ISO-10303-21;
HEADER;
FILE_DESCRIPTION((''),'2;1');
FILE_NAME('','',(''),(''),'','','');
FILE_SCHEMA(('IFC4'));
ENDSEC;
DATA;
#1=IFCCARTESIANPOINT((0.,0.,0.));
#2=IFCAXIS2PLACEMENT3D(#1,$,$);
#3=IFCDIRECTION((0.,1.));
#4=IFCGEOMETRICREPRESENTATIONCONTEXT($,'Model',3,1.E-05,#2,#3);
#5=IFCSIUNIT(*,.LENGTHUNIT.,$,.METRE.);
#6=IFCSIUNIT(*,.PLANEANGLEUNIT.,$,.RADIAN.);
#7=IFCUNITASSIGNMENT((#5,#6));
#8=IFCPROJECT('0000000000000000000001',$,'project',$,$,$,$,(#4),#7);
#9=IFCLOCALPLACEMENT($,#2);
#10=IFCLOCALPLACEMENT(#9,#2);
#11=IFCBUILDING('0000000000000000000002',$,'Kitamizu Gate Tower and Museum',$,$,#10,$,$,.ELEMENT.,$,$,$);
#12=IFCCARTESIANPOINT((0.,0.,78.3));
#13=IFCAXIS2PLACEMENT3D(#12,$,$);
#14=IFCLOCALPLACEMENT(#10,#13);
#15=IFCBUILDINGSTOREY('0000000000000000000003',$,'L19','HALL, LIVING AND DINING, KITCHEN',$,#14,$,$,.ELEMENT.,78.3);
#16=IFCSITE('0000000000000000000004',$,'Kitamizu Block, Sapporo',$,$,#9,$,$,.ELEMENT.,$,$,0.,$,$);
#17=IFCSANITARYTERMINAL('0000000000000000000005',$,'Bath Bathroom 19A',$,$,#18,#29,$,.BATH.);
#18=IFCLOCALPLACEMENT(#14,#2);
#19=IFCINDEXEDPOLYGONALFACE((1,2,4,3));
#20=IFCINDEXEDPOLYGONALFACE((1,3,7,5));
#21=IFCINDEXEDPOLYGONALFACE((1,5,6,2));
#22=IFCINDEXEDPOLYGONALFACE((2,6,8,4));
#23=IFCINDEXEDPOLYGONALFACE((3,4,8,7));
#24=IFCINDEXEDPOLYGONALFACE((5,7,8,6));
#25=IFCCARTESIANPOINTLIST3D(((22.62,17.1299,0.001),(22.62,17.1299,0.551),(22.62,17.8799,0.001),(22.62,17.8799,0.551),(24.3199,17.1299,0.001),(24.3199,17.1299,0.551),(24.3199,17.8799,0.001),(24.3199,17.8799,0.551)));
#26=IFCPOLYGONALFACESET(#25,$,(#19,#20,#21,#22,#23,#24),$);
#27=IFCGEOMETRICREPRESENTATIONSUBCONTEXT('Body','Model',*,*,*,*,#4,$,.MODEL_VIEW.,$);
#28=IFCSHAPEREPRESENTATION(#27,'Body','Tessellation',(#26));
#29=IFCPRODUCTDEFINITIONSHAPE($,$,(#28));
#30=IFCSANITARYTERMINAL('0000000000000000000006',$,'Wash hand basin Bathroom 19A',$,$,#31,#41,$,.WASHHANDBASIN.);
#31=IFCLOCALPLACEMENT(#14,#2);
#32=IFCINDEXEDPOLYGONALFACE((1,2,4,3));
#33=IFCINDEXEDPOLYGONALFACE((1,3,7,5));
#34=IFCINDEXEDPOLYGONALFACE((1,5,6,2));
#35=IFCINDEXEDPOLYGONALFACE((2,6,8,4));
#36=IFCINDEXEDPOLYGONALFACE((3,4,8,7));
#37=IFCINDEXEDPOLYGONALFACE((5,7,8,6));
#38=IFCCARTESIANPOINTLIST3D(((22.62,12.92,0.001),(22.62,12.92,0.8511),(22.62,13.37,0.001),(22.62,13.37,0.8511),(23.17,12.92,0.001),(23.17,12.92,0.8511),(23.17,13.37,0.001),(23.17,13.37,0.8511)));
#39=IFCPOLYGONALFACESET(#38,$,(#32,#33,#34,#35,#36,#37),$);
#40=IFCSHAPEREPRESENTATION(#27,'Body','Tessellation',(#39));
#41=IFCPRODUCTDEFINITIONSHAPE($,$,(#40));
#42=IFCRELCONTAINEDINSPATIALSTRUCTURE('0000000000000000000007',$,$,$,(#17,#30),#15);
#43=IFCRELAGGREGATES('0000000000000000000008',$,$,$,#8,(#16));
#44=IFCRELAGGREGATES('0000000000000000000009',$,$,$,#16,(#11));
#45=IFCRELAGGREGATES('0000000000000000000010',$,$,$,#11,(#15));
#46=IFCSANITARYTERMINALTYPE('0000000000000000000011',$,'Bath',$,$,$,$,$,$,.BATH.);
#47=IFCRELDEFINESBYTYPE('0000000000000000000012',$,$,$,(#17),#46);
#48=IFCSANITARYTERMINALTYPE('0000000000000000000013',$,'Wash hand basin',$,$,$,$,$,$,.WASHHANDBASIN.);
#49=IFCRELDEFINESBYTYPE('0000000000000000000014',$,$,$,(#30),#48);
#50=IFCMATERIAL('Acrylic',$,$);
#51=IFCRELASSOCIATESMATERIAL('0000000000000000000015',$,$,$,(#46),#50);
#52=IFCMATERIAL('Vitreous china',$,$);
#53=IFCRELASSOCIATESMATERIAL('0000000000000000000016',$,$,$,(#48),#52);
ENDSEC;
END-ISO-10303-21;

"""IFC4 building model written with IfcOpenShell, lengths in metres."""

from ifc_helpers import new_model, si_unit, direction, frame, origin, origin_2d, place, context, subcontext, project, spatial, rectangle, extrude, material, type_object, element, save


model = new_model("IFC4")

# Units and contexts
model_context = context("Model", 3, precision=1e-05, world=origin(), true_north=direction((0.0, 1.0)))
body_context = subcontext(model_context, "Body", "Model", "MODEL_VIEW")
ifc_project = project(units=[si_unit("LENGTHUNIT", "METRE"), si_unit("PLANEANGLEUNIT", "RADIAN")], contexts=[model_context])

# Site, building, storey
site_placement = place(None, origin())
site = spatial("IfcSite", under=ifc_project, at=site_placement, Name="Kitamizu Block, Sapporo", CompositionType="ELEMENT", RefElevation=0.0)
building_placement = place(site_placement, origin())
building = spatial("IfcBuilding", under=site, at=building_placement, Name="Kitamizu Gate Tower and Museum", CompositionType="ELEMENT")
storey_placement = place(building_placement, frame((0.0, 0.0, 78.3)))
storey = spatial("IfcBuildingStorey", under=building, at=storey_placement, Name="L19", Description="HALL, LIVING AND DINING, KITCHEN", CompositionType="ELEMENT", Elevation=78.3)

# Sanitary terminals
ifc_material_1 = material(Name="Acrylic")
sanitary_terminal_type_1 = type_object("IfcSanitaryTerminalType", Name="Bath", PredefinedType="BATH", material=ifc_material_1)
sanitary_terminal_1_placement = place(storey_placement, frame((23.47, 17.5049, 0.001), z_axis=(0.0, 0.0, 1.0), x_axis=(1.0, 0.0, 0.0)))
element("IfcSanitaryTerminal", 1, at=sanitary_terminal_1_placement, inside=storey, type_object=sanitary_terminal_type_1, Name="Bath Bathroom 19A", PredefinedType="BATH", context=body_context, shape_type="SweptSolid", body=[
    extrude(rectangle(XDim=1.7, YDim=0.75, at=origin_2d()), origin(), (0.0, 0.0, 1.0), 0.55),
])
ifc_material_2 = material(Name="Vitreous china")
sanitary_terminal_type_2 = type_object("IfcSanitaryTerminalType", Name="Wash hand basin", PredefinedType="WASHHANDBASIN", material=ifc_material_2)
sanitary_terminal_2_placement = place(storey_placement, frame((22.895, 13.145, 0.001), z_axis=(0.0, 0.0, 1.0), x_axis=(1.0, 0.0, 0.0)))
element("IfcSanitaryTerminal", 2, at=sanitary_terminal_2_placement, inside=storey, type_object=sanitary_terminal_type_2, Name="Wash hand basin Bathroom 19A", PredefinedType="WASHHANDBASIN", context=body_context, shape_type="SweptSolid", body=[
    extrude(rectangle(XDim=0.55, YDim=0.45, at=origin_2d()), origin(), (0.0, 0.0, 1.0), 0.8501),
])

save(model, "model.ifc")
